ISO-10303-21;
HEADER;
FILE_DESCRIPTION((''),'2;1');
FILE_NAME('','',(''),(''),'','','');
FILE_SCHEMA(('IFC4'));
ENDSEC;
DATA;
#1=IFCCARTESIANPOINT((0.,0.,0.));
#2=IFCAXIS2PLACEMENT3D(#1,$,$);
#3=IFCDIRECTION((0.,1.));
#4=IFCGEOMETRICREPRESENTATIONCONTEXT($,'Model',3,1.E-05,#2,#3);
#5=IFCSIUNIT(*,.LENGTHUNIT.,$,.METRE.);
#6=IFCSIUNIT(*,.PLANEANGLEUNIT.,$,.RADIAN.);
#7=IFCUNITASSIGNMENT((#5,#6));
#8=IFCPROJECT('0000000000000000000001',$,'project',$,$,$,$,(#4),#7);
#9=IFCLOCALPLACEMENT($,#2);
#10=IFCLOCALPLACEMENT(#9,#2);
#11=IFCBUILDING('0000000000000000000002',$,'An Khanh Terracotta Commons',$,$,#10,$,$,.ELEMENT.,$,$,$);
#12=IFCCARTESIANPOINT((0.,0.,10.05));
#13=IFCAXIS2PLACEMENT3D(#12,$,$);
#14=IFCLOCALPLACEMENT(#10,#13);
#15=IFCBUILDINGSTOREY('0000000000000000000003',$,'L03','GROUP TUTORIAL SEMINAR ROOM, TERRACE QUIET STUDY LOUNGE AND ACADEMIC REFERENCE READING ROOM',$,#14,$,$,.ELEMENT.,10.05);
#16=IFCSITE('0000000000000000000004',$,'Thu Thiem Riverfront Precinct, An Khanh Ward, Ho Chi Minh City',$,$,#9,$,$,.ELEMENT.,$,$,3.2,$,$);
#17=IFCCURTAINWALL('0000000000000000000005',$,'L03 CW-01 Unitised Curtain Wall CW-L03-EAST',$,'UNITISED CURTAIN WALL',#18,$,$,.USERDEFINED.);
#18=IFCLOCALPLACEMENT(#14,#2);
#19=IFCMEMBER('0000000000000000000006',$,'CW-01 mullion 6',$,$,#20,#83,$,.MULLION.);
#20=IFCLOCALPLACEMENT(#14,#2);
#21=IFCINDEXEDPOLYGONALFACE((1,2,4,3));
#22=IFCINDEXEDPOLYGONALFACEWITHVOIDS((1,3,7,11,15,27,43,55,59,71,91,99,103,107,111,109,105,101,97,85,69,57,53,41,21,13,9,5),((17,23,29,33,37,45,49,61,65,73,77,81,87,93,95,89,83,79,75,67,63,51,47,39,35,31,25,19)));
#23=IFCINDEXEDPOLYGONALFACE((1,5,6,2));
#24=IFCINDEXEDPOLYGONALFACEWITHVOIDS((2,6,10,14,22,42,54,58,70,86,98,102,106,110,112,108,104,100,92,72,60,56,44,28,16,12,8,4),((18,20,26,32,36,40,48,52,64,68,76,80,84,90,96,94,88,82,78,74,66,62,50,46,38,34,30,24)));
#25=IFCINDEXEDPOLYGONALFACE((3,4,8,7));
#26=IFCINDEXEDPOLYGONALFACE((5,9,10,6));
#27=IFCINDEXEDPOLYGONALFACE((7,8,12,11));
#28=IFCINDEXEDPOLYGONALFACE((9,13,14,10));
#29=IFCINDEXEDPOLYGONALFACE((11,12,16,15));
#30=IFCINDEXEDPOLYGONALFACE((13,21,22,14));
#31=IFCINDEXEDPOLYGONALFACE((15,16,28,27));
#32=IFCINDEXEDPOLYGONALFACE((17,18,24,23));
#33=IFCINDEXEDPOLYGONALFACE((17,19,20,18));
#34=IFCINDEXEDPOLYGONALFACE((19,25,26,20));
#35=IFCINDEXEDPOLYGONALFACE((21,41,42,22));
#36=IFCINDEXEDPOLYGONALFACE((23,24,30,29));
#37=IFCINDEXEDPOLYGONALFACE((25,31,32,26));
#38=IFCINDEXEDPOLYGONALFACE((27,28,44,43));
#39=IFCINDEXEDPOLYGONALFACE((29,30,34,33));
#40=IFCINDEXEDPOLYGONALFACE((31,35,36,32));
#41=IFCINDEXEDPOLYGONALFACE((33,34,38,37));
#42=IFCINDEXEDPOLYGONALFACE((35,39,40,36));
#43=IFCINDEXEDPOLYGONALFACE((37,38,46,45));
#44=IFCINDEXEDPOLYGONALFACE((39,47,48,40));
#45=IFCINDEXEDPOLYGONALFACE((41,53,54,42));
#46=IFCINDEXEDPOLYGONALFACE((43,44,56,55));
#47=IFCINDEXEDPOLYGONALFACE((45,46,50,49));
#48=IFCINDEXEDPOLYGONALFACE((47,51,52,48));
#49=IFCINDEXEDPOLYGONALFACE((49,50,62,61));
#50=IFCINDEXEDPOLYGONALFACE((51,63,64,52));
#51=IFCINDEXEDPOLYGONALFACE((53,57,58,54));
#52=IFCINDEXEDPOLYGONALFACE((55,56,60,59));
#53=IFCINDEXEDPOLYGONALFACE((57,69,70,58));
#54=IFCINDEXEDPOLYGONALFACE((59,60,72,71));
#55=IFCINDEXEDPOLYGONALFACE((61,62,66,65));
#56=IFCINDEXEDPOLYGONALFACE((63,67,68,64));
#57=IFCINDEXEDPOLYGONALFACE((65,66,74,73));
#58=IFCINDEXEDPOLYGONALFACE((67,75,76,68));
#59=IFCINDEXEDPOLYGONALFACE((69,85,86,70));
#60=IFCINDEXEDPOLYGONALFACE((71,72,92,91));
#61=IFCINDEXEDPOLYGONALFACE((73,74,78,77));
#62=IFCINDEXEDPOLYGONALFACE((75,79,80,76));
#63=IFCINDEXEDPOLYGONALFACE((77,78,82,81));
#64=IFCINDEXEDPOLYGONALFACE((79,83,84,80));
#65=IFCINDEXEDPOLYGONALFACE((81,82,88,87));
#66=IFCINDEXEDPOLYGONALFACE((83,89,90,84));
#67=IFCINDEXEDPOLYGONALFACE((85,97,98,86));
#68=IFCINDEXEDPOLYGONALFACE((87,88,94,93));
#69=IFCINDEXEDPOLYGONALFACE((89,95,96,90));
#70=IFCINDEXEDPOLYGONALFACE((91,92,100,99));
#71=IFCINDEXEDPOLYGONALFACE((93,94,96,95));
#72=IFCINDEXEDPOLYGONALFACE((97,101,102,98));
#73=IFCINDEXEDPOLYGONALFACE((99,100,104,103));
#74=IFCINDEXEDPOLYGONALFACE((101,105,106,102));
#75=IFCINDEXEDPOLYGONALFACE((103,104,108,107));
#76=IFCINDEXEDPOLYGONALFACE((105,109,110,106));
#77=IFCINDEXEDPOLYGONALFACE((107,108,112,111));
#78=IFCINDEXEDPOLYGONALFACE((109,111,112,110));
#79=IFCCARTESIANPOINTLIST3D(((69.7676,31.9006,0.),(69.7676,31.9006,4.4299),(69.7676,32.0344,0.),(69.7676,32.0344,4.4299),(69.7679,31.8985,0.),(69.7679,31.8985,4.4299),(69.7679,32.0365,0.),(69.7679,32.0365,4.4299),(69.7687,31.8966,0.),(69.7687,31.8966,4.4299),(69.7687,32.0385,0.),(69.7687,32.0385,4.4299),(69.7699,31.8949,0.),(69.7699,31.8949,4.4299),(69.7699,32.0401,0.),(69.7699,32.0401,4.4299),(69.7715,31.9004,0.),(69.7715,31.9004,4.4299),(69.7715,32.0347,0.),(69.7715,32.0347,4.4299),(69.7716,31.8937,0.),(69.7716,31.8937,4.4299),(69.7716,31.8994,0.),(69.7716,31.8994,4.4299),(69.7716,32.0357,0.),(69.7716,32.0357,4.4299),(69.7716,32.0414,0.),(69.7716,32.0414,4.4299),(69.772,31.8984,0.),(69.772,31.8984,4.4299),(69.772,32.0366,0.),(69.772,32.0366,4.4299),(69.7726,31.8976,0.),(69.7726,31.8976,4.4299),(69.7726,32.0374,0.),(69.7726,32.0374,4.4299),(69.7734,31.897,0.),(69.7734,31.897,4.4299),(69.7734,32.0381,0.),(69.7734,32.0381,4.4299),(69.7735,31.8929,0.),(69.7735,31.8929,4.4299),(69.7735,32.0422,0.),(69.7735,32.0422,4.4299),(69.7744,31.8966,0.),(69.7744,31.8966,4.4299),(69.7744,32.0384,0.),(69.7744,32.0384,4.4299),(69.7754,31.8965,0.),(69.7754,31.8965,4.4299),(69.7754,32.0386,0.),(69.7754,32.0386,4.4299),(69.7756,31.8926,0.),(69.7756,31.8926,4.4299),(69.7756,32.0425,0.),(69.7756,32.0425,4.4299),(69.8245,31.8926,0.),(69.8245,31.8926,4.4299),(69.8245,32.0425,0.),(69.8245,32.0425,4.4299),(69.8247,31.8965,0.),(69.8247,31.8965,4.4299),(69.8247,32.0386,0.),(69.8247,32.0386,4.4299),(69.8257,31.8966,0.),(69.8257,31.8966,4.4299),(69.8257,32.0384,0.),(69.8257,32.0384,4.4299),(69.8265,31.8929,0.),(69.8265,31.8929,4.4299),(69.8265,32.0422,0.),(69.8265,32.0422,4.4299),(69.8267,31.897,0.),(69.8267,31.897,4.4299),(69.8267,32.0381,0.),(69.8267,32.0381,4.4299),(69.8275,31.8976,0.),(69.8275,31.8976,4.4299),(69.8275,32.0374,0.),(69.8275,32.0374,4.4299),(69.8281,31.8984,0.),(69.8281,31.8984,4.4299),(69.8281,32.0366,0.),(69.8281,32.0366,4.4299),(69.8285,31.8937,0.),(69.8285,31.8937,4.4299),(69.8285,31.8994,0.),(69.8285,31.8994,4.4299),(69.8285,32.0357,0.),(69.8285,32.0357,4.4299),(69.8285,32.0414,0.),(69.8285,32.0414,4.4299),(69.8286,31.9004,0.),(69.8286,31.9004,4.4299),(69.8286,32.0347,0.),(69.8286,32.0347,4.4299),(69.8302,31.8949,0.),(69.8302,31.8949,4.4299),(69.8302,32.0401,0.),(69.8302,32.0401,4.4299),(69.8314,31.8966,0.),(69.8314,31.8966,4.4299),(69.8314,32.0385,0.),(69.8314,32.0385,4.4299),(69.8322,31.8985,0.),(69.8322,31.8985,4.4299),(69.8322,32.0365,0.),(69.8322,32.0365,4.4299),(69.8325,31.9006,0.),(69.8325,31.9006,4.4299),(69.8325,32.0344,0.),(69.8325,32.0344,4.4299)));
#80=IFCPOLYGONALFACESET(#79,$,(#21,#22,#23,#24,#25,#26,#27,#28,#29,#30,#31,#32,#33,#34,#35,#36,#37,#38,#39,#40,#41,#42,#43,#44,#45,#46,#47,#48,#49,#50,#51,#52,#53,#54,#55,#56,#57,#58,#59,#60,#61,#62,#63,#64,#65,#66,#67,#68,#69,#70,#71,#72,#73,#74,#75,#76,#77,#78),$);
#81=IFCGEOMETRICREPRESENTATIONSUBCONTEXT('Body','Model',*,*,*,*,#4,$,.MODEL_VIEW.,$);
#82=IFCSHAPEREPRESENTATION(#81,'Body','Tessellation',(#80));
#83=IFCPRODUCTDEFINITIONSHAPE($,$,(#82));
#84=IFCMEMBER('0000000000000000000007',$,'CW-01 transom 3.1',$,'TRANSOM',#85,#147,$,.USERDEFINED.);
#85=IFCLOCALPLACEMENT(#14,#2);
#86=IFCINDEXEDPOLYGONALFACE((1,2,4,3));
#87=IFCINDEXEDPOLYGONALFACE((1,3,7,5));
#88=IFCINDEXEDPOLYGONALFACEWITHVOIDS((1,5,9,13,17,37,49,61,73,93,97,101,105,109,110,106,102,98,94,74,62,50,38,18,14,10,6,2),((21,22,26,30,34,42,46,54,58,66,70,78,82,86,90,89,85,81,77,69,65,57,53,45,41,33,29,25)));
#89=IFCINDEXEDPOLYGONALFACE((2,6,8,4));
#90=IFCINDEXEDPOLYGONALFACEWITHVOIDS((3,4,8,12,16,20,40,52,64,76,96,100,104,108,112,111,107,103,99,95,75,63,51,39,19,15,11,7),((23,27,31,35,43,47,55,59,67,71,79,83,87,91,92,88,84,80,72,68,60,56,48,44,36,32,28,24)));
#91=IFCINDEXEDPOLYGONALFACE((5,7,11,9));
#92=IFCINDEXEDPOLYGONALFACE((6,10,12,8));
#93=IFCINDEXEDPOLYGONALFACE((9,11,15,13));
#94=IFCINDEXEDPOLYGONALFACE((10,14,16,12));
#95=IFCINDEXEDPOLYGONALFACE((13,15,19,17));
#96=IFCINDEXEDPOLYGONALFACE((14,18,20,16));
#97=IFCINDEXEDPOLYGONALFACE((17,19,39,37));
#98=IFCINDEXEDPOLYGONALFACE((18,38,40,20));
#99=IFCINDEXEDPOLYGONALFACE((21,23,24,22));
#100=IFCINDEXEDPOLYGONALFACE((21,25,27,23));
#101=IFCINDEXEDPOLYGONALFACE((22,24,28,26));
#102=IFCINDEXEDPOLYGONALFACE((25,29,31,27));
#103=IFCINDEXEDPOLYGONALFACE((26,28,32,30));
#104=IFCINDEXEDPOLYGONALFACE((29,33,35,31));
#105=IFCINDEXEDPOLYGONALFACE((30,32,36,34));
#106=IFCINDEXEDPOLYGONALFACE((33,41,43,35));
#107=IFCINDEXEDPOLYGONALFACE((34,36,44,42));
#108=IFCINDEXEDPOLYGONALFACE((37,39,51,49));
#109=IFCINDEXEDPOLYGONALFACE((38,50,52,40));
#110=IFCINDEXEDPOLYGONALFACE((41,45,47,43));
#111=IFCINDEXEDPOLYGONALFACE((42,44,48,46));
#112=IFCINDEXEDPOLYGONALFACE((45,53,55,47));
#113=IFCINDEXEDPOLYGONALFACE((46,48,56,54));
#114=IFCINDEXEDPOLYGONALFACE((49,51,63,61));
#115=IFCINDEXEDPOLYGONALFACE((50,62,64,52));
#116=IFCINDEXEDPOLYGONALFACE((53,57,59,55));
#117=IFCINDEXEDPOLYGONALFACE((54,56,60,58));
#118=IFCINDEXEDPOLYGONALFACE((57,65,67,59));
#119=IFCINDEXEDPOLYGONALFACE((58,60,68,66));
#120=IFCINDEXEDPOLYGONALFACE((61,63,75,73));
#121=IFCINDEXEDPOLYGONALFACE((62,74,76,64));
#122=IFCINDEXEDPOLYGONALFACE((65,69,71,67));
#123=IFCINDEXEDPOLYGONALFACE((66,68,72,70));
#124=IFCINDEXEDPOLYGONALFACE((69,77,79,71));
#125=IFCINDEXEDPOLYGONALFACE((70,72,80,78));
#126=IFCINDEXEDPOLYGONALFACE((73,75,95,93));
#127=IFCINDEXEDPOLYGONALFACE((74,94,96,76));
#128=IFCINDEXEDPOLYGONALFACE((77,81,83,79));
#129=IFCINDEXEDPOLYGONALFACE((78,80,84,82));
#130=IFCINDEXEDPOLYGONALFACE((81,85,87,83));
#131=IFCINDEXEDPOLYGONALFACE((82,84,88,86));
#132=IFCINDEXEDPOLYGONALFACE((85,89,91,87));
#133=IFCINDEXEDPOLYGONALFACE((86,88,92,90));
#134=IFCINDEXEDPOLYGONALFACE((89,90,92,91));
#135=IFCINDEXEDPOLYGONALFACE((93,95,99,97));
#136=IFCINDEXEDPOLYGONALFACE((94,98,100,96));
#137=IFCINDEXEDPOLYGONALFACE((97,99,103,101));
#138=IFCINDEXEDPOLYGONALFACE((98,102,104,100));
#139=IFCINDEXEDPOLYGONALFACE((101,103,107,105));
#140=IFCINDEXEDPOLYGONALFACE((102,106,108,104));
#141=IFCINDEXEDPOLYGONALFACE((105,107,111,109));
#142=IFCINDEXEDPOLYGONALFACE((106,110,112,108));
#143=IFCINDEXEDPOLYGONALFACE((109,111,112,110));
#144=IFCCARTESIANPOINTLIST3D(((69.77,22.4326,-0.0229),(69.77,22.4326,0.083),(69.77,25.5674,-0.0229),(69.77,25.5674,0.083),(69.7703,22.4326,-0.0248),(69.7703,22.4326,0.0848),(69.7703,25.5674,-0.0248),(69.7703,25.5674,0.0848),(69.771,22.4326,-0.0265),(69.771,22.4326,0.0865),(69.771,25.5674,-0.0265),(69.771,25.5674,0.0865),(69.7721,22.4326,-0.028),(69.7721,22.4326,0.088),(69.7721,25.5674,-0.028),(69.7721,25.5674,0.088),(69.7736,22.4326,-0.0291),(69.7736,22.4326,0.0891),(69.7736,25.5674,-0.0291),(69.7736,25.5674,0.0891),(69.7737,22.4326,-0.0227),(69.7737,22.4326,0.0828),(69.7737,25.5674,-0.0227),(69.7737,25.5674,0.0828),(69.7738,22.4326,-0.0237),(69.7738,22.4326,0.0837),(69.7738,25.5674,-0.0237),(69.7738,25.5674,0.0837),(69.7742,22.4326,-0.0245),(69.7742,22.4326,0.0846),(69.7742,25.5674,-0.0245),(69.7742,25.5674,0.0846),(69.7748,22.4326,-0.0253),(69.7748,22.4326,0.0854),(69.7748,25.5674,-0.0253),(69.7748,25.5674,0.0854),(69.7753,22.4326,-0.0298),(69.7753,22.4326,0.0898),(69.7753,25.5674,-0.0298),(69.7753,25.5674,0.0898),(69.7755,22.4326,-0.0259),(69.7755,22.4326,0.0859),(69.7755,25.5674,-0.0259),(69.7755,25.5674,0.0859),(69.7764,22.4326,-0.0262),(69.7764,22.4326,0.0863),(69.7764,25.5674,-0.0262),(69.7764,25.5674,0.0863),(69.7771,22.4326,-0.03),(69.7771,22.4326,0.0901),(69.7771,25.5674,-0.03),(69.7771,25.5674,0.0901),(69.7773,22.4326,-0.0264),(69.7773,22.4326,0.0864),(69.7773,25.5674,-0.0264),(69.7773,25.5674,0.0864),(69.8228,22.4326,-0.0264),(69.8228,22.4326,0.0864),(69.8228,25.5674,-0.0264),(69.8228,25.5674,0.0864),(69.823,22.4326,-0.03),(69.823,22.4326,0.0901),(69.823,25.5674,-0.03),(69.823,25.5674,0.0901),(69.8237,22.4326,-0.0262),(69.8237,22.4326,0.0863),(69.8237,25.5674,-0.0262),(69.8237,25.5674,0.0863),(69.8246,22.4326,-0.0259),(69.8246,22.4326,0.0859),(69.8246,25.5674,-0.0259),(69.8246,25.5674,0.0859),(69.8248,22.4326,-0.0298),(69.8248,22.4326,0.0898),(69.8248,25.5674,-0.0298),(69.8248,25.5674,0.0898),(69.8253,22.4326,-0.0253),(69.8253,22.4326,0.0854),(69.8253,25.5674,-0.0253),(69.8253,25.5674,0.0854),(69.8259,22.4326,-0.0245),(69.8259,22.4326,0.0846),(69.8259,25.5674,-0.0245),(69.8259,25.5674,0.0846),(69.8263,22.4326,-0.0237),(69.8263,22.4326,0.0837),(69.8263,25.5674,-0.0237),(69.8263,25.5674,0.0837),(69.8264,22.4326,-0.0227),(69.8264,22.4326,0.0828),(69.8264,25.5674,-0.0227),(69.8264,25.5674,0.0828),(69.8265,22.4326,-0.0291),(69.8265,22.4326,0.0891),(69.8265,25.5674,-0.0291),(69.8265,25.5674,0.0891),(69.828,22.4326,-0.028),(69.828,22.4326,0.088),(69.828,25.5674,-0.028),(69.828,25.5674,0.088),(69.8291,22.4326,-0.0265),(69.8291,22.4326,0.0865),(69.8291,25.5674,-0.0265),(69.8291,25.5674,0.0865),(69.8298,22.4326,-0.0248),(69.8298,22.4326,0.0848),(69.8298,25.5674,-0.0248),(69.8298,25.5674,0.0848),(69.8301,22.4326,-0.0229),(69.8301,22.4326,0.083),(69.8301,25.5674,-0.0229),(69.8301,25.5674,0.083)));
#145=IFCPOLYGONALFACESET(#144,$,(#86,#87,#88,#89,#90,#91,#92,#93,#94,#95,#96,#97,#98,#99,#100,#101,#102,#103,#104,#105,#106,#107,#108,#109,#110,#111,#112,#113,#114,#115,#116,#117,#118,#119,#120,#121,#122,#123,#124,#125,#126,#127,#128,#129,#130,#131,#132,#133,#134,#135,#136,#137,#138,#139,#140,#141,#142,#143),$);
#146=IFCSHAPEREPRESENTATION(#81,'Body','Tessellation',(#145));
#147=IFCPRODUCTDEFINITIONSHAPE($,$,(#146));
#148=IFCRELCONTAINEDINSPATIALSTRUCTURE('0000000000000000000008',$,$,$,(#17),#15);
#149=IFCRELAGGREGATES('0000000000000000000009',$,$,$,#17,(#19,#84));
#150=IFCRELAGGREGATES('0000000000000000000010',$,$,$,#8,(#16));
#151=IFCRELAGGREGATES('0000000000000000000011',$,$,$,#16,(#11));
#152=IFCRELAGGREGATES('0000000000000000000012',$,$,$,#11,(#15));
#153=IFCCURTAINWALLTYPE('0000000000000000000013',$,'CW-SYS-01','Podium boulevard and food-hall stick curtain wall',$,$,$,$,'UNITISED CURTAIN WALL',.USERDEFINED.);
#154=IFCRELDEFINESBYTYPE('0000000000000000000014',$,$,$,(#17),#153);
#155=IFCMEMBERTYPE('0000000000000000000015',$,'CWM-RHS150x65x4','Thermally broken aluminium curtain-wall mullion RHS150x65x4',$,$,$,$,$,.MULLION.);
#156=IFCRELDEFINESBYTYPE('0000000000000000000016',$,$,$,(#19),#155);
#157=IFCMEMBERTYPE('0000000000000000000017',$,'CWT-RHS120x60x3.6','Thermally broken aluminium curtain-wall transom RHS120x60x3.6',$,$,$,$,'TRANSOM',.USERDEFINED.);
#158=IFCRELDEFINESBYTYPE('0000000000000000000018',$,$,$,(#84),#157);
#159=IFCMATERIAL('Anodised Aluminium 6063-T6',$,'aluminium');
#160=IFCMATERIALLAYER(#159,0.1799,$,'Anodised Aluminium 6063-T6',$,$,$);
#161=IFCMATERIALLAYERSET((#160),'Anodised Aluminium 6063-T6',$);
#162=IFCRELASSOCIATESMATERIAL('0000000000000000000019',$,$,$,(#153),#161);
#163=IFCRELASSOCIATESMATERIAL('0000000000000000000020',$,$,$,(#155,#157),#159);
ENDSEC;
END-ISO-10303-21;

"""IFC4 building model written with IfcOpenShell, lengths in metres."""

from ifc_helpers import new_model, si_unit, direction, frame, origin, origin_2d, place, context, subcontext, project, spatial, hollow_rectangle, extrude, material, layer, layer_set, material_profile, profile_set, type_object, element, aggregate, save


model = new_model("IFC4")

# Units and contexts
model_context = context("Model", 3, precision=1e-05, world=origin(), true_north=direction((0.0, 1.0)))
body_context = subcontext(model_context, "Body", "Model", "MODEL_VIEW")
ifc_project = project(units=[si_unit("LENGTHUNIT", "METRE"), si_unit("PLANEANGLEUNIT", "RADIAN")], contexts=[model_context])

# Site, building, storey
site_placement = place(None, origin())
site = spatial("IfcSite", under=ifc_project, at=site_placement, Name="Thu Thiem Riverfront Precinct, An Khanh Ward, Ho Chi Minh City", CompositionType="ELEMENT", RefElevation=3.2)
building_placement = place(site_placement, origin())
building = spatial("IfcBuilding", under=site, at=building_placement, Name="An Khanh Terracotta Commons", CompositionType="ELEMENT")
storey_placement = place(building_placement, frame((0.0, 0.0, 10.05)))
storey = spatial("IfcBuildingStorey", under=building, at=storey_placement, Name="L03", Description="GROUP TUTORIAL SEMINAR ROOM, TERRACE QUIET STUDY LOUNGE AND ACADEMIC REFERENCE READING ROOM", CompositionType="ELEMENT", Elevation=10.05)

# Curtain wall, members
ifc_material_1 = material(Name="Anodised Aluminium 6063-T6", Category="aluminium")
ifc_layer_1 = layer(ifc_material_1, 0.1799, Name="Anodised Aluminium 6063-T6")
ifc_layer_set_1 = layer_set([ifc_layer_1], Name="Anodised Aluminium 6063-T6")
curtain_wall_type = type_object("IfcCurtainWallType", Name="CW-SYS-01", Description="Podium boulevard and food-hall stick curtain wall", ElementType="UNITISED CURTAIN WALL", PredefinedType="USERDEFINED", material=ifc_layer_set_1)
curtain_wall_placement = place(storey_placement, origin())
curtain_wall = element("IfcCurtainWall", 1, at=curtain_wall_placement, inside=storey, type_object=curtain_wall_type, Name="L03 CW-01 Unitised Curtain Wall CW-L03-EAST", ObjectType="UNITISED CURTAIN WALL", PredefinedType="USERDEFINED")
ifc_material_profile_1 = material_profile(ifc_material_1, hollow_rectangle(XDim=0.0649, YDim=0.1499, WallThickness=0.0039, InnerFilletRadius=0.0039, OuterFilletRadius=0.0081, at=origin_2d()), Name="RHS150x65x4")
ifc_profile_set_1 = profile_set([ifc_material_profile_1], Name="Anodised Aluminium 6063-T6")
member_type_1 = type_object("IfcMemberType", Name="CWM-RHS150x65x4", Description="Thermally broken aluminium curtain-wall mullion RHS150x65x4", PredefinedType="MULLION", material=ifc_profile_set_1)
member_1_placement = place(storey_placement, frame((69.8, 31.9675, 0.0), z_axis=(0.0, 0.0, 1.0), x_axis=(-1.0, 0.0, 0.0)))
member_1 = element("IfcMember", 2, at=member_1_placement, type_object=member_type_1, Name="CW-01 mullion 6", PredefinedType="MULLION", context=body_context, shape_type="SweptSolid", body=[
    extrude(hollow_rectangle(XDim=0.0649, YDim=0.1499, WallThickness=0.0039, InnerFilletRadius=0.0039, OuterFilletRadius=0.0081, at=origin_2d()), origin(), (0.0, 0.0, 1.0), 4.4299),
])
ifc_material_profile_2 = material_profile(ifc_material_1, hollow_rectangle(XDim=0.0601, YDim=0.1201, WallThickness=0.0037, InnerFilletRadius=0.0037, OuterFilletRadius=0.0071, at=origin_2d()), Name="RHS120x60x3.6")
ifc_profile_set_2 = profile_set([ifc_material_profile_2], Name="Anodised Aluminium 6063-T6")
member_type_2 = type_object("IfcMemberType", Name="CWT-RHS120x60x3.6", Description="Thermally broken aluminium curtain-wall transom RHS120x60x3.6", ElementType="TRANSOM", PredefinedType="USERDEFINED", material=ifc_profile_set_2)
member_2_placement = place(storey_placement, frame((69.8, 22.4326, 0.03), z_axis=(0.0, 1.0, 0.0), x_axis=(-1.0, 0.0, 0.0)))
member_2 = element("IfcMember", 3, at=member_2_placement, type_object=member_type_2, Name="CW-01 transom 3.1", ObjectType="TRANSOM", PredefinedType="USERDEFINED", context=body_context, shape_type="SweptSolid", body=[
    extrude(hollow_rectangle(XDim=0.0601, YDim=0.1201, WallThickness=0.0037, InnerFilletRadius=0.0037, OuterFilletRadius=0.0071, at=origin_2d()), origin(), (0.0, 0.0, 1.0), 3.1348),
])
aggregate(curtain_wall, [member_1, member_2])

save(model, "model.ifc")
